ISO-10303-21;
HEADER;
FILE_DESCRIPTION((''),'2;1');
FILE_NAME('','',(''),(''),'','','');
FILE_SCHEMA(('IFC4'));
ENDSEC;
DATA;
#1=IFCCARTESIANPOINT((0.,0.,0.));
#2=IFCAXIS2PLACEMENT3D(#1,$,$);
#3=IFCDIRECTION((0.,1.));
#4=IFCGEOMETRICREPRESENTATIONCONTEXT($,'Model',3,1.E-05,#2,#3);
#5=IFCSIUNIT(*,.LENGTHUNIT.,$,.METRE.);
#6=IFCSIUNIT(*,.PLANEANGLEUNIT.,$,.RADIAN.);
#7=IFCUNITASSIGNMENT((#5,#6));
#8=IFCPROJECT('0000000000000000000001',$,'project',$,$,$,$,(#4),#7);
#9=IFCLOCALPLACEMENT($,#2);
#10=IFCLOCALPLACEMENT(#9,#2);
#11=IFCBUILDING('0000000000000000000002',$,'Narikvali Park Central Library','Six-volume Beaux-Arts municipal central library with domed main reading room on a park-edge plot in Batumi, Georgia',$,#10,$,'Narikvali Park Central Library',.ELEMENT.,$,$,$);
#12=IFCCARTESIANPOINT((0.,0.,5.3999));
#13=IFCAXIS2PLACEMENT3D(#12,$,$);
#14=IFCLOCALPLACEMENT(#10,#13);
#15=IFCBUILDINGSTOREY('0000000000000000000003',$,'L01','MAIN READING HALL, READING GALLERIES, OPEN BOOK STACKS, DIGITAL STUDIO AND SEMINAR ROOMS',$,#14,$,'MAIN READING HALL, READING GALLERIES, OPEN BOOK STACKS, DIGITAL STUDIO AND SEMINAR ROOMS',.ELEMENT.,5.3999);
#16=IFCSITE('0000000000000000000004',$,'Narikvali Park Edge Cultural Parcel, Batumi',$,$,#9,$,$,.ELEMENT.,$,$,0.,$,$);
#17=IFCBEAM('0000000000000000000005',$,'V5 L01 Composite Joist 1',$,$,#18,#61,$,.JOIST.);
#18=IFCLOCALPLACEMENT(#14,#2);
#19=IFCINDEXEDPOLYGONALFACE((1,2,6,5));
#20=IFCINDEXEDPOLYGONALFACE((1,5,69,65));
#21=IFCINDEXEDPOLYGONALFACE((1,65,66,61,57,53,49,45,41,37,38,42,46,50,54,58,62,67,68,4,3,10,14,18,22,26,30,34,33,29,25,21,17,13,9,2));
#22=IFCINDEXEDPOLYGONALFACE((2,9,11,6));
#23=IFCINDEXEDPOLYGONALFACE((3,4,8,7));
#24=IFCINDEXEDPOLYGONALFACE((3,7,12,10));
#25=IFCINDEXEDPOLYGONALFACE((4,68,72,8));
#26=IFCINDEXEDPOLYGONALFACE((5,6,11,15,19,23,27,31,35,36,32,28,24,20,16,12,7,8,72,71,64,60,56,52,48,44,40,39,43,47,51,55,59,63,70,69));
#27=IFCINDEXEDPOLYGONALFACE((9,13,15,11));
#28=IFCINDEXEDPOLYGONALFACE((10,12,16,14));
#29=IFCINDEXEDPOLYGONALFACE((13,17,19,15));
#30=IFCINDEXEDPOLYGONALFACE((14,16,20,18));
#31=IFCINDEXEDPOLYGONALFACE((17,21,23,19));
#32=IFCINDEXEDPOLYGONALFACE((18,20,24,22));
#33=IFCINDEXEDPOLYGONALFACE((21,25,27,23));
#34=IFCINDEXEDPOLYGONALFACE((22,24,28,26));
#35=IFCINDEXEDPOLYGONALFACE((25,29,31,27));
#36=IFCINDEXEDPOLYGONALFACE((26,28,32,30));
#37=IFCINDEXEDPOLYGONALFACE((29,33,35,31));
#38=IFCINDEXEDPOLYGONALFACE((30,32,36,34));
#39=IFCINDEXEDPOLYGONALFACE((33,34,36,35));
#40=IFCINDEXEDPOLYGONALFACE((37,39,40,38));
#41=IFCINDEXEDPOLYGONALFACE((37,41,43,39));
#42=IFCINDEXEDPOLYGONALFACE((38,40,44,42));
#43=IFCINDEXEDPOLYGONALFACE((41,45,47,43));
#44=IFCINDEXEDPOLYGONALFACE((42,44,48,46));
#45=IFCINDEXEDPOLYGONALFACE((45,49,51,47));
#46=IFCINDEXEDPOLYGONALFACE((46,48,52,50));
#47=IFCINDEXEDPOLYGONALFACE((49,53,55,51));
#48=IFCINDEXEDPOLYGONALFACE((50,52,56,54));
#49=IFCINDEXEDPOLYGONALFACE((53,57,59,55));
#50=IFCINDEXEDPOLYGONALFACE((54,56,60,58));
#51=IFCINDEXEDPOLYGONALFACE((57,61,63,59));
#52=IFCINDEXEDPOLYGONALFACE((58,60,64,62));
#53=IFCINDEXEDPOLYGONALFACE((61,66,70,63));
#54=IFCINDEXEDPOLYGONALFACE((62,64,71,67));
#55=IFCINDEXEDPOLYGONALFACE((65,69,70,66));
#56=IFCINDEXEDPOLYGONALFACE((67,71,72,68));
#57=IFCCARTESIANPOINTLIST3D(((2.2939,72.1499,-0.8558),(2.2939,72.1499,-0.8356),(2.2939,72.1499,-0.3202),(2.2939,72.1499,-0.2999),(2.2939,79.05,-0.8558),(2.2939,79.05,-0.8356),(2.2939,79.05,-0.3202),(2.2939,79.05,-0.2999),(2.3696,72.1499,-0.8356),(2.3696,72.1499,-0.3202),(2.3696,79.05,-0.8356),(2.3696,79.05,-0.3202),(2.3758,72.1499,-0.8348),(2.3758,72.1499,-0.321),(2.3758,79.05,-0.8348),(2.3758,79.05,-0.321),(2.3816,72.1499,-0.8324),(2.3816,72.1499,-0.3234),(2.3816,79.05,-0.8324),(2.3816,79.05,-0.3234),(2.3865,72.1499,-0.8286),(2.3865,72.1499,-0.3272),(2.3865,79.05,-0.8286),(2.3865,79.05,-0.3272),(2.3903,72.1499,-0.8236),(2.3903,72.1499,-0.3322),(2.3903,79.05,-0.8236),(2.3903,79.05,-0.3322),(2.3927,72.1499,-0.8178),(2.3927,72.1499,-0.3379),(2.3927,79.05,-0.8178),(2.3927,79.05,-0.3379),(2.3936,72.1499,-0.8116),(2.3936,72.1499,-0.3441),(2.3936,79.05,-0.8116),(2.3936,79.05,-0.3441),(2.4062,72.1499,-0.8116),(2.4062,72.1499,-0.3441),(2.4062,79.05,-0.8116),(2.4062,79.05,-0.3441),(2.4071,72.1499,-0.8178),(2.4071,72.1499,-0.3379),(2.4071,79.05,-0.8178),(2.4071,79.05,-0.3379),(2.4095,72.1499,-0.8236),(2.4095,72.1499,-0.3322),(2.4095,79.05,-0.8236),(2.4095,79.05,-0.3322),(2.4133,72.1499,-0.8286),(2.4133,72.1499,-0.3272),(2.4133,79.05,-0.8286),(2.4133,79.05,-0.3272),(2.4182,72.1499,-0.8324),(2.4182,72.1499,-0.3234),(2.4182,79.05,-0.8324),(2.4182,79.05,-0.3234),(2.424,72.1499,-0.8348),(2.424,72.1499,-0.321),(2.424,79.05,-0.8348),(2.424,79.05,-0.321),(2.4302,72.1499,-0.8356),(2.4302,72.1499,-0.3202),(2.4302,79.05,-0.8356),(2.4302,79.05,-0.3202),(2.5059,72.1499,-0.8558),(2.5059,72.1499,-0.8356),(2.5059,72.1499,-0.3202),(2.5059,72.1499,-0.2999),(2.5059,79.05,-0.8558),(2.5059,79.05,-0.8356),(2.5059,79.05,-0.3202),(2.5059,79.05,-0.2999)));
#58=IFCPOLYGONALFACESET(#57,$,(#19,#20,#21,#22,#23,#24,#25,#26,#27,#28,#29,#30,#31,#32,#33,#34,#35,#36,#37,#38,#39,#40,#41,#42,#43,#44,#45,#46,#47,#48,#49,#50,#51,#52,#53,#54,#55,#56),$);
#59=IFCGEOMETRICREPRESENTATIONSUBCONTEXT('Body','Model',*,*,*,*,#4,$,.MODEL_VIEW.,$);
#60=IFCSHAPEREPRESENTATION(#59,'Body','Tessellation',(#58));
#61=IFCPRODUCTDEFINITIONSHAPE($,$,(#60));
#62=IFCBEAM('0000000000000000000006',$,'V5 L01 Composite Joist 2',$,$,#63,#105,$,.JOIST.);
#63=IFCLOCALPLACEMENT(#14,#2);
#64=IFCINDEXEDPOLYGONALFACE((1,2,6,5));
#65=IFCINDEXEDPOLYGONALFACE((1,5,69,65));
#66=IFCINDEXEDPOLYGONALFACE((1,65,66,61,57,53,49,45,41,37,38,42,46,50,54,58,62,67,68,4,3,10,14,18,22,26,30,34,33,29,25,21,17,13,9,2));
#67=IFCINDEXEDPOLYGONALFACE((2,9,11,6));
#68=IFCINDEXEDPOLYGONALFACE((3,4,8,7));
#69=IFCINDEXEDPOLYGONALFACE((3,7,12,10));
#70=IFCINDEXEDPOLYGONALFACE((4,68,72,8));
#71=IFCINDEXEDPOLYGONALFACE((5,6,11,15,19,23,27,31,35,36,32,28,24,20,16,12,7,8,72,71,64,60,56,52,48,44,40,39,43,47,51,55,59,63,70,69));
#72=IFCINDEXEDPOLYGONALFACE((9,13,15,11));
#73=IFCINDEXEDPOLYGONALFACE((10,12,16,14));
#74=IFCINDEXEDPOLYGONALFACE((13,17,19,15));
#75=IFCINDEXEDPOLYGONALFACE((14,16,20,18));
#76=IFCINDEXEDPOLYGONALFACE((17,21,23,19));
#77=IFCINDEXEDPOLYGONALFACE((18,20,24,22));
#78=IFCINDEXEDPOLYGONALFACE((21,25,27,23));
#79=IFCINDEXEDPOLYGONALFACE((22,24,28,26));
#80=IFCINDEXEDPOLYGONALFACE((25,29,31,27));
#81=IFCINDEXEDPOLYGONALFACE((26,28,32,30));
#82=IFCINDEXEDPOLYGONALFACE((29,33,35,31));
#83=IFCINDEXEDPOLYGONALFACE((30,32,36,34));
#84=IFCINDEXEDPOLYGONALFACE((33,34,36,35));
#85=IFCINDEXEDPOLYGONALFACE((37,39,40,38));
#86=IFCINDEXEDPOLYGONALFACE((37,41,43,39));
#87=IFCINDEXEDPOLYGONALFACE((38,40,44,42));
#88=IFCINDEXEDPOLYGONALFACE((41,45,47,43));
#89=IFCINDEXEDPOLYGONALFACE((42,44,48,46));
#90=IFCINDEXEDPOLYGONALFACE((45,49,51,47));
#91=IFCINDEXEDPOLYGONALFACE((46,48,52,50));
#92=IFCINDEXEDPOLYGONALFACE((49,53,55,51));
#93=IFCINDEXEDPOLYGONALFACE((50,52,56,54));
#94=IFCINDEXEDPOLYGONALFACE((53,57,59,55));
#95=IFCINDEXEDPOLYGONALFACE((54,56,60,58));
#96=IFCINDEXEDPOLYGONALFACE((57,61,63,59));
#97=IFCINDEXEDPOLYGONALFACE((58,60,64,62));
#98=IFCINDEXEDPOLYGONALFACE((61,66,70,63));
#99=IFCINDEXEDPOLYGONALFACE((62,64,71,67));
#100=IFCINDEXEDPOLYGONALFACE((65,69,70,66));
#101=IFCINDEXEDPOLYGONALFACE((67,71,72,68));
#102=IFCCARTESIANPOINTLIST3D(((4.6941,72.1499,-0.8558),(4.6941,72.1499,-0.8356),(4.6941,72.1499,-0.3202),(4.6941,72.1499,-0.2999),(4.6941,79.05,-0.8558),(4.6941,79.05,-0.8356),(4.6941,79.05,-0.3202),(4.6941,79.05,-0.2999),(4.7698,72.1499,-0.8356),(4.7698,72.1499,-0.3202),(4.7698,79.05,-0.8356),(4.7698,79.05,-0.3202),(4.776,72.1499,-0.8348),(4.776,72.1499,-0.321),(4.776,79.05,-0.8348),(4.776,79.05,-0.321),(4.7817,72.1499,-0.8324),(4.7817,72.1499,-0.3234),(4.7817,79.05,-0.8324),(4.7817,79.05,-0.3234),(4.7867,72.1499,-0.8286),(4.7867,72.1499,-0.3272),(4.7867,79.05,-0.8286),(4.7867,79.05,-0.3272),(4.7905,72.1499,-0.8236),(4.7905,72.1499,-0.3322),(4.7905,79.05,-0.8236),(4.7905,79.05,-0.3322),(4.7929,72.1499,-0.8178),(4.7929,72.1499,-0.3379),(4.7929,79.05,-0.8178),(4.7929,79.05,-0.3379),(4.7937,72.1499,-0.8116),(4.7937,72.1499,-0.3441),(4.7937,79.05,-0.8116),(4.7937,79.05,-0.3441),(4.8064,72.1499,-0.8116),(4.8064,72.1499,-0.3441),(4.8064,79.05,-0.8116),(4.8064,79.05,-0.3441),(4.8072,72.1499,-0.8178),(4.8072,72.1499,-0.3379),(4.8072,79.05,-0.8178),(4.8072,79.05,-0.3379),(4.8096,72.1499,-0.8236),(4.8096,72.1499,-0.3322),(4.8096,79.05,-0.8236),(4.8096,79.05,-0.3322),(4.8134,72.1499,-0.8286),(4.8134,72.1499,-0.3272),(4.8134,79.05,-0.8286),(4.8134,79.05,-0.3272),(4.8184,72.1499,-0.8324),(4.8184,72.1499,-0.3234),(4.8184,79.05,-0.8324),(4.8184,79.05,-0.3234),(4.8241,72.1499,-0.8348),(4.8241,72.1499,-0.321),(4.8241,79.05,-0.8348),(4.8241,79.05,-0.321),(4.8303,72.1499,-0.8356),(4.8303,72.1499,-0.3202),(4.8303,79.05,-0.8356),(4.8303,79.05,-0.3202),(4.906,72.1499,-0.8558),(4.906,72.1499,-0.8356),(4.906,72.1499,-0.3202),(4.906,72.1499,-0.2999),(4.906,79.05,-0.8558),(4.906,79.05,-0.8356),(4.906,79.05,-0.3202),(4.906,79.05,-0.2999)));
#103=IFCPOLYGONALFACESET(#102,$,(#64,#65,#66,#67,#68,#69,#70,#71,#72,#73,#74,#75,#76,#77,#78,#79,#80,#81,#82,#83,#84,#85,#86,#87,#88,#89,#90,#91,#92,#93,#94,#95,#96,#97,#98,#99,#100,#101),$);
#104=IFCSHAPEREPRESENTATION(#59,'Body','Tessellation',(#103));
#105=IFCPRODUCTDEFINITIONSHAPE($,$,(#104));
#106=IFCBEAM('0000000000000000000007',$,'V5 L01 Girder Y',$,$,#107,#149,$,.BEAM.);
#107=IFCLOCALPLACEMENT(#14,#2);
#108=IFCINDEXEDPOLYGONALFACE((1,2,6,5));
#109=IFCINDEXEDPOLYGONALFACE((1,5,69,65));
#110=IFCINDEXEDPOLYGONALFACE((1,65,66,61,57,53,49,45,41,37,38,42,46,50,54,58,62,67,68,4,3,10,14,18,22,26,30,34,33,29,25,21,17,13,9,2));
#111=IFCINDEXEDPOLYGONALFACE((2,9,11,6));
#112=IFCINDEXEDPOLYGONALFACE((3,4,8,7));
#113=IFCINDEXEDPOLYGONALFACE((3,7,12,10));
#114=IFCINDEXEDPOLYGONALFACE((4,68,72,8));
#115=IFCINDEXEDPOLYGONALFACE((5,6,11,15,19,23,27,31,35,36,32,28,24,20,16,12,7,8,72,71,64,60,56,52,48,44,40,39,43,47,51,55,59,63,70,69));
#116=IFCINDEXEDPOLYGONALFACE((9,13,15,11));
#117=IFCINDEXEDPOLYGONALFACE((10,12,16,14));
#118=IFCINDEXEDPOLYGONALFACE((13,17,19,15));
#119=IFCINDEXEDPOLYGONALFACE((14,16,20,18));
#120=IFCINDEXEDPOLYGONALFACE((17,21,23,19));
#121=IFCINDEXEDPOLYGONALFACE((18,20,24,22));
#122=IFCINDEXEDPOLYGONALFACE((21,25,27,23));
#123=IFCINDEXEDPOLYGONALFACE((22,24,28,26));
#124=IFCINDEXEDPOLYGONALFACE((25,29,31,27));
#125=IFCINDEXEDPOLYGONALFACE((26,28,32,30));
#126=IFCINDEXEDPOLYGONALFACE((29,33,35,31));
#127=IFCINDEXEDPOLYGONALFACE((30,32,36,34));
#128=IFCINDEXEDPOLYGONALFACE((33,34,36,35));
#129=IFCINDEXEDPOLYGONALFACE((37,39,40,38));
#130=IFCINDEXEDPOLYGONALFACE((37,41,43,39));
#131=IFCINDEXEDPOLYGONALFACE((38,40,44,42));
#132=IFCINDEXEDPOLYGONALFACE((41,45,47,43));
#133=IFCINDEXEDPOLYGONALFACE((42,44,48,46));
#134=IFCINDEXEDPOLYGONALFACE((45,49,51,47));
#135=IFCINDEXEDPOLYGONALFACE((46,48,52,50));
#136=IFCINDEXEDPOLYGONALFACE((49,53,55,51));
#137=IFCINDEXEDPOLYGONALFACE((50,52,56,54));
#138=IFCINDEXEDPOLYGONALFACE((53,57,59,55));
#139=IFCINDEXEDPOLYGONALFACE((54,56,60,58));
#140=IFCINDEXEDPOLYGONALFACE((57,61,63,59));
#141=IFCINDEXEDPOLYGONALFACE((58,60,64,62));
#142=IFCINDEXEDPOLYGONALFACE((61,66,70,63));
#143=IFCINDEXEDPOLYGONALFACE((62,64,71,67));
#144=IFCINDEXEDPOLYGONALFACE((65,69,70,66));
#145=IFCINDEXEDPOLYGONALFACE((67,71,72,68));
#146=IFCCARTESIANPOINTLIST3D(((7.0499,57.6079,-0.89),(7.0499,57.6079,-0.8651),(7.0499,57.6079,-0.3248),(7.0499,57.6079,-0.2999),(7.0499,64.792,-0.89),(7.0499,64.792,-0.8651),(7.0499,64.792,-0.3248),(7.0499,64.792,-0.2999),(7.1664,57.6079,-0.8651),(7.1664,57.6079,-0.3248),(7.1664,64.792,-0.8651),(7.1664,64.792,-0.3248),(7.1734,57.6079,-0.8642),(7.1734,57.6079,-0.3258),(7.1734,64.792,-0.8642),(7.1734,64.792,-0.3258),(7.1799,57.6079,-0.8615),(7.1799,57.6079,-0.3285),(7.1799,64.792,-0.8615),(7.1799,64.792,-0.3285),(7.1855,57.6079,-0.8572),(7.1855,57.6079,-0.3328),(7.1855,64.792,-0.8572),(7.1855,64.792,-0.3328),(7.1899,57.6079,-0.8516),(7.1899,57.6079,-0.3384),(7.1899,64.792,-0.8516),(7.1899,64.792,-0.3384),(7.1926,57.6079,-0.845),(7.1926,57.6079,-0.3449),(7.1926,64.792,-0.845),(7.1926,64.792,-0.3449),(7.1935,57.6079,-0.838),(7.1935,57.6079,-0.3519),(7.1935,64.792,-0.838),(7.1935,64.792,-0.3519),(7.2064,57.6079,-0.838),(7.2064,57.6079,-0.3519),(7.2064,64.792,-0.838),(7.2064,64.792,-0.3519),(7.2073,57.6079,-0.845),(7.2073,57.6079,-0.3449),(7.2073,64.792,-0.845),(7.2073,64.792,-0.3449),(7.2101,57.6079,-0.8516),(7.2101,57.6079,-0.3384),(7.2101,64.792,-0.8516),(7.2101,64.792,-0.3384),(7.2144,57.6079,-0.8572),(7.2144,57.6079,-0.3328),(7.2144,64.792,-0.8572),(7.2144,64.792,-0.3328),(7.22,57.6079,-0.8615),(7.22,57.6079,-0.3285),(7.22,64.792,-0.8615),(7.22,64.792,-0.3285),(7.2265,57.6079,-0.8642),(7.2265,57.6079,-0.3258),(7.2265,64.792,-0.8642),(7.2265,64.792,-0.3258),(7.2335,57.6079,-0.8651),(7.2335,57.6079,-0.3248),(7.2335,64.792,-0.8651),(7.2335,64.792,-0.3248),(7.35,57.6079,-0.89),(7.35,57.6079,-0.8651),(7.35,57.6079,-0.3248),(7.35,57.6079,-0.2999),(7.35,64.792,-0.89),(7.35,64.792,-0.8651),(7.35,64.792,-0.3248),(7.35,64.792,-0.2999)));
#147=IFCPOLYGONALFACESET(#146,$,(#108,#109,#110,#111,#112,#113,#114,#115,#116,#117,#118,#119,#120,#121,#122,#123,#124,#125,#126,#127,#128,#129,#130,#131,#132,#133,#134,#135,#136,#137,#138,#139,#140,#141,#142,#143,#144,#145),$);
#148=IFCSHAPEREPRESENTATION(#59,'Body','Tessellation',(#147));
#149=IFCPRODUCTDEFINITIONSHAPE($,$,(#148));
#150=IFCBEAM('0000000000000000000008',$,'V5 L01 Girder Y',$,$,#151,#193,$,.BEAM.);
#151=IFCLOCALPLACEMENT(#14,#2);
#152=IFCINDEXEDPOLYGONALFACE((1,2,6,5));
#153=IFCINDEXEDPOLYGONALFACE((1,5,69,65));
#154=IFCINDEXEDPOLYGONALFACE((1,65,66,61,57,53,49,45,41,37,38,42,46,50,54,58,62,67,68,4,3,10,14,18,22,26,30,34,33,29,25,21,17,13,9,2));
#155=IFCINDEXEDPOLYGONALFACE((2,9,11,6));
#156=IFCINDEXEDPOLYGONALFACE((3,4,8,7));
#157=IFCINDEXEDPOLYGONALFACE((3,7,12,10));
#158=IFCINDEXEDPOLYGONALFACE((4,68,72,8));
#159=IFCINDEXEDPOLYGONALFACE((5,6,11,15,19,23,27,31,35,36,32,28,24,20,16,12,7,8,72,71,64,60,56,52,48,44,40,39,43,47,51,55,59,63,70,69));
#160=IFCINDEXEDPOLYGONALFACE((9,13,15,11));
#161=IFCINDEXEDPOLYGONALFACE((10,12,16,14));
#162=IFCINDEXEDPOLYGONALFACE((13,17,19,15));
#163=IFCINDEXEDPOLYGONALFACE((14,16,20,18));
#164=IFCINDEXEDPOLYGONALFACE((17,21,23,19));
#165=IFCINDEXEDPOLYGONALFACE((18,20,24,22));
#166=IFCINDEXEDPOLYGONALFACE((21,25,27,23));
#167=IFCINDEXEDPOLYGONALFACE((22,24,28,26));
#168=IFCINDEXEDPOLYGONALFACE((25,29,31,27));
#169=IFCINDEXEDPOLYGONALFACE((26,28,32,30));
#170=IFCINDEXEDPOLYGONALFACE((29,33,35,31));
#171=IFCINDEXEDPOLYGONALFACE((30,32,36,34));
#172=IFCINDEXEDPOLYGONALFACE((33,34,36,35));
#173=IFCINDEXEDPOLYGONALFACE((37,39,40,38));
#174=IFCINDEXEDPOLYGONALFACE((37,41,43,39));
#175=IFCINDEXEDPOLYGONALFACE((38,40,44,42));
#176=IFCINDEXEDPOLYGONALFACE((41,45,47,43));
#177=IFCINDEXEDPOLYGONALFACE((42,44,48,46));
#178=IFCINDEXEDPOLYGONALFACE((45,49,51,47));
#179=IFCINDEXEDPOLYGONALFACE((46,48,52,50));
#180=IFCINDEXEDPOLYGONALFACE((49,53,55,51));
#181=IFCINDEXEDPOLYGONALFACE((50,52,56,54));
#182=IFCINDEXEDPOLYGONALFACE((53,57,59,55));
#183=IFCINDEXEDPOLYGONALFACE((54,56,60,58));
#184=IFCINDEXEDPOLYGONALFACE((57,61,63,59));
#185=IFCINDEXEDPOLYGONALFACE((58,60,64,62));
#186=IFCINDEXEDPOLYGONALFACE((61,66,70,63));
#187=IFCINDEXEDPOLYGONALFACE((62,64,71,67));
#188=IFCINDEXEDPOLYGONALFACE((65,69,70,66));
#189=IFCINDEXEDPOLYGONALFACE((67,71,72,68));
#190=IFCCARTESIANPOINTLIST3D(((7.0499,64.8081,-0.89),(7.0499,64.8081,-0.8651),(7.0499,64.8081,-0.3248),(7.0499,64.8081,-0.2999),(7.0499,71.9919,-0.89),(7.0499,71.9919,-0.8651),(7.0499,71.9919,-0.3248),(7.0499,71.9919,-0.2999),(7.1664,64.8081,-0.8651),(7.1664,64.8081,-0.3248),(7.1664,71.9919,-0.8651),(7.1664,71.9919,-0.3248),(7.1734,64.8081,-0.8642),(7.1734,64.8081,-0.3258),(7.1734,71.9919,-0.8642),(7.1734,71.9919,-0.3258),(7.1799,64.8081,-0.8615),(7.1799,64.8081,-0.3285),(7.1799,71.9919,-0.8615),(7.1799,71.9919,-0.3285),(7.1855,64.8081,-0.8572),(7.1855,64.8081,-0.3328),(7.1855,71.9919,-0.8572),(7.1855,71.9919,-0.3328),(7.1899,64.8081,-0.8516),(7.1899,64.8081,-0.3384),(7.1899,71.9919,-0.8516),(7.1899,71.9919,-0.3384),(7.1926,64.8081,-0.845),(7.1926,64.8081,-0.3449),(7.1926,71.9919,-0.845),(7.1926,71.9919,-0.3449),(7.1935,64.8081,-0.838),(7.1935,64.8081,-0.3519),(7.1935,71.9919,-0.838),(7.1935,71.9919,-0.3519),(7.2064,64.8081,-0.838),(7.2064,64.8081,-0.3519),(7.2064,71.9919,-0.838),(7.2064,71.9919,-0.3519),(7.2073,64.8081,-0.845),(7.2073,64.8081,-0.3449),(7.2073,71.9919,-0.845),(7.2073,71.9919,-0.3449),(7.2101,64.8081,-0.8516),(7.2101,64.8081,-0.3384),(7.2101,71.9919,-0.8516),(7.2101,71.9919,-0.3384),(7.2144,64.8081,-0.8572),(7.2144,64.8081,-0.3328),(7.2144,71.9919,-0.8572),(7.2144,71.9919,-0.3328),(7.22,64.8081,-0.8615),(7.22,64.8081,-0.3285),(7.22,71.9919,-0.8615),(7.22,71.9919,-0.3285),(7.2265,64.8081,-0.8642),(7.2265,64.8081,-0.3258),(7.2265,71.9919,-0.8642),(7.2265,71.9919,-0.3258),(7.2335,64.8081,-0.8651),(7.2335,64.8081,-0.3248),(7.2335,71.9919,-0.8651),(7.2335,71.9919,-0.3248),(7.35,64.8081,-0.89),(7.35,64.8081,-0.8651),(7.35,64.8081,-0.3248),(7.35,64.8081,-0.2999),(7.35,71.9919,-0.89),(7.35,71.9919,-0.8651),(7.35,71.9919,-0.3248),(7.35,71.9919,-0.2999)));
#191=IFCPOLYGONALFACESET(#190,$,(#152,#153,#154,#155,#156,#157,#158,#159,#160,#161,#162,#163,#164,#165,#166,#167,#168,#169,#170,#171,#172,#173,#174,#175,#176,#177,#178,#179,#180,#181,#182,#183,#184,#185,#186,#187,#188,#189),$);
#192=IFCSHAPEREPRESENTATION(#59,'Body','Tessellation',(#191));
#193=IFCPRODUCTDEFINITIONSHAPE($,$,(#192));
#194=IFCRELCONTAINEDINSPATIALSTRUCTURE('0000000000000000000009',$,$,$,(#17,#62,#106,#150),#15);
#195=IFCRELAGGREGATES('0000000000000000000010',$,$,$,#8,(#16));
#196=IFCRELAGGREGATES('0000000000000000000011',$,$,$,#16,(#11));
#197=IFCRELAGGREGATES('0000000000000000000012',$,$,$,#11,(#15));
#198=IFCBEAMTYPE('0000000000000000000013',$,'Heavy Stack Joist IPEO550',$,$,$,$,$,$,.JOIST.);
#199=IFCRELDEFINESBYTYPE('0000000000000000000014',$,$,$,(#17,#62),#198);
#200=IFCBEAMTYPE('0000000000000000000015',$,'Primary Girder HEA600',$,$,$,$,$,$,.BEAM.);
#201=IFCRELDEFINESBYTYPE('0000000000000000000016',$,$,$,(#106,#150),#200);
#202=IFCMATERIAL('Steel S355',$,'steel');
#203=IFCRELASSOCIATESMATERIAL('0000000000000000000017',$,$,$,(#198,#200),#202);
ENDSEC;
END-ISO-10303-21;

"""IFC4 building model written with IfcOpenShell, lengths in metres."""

from ifc_helpers import new_model, si_unit, direction, frame, origin, origin_2d, place, context, subcontext, project, spatial, i_section, extrude, material, material_profile, profile_set, type_object, element, save


model = new_model("IFC4")

# Units and contexts
model_context = context("Model", 3, precision=1e-05, world=origin(), true_north=direction((0.0, 1.0)))
body_context = subcontext(model_context, "Body", "Model", "MODEL_VIEW")
ifc_project = project(units=[si_unit("LENGTHUNIT", "METRE"), si_unit("PLANEANGLEUNIT", "RADIAN")], contexts=[model_context])

# Site, building, storey
site_placement = place(None, origin())
site = spatial("IfcSite", under=ifc_project, at=site_placement, Name="Narikvali Park Edge Cultural Parcel, Batumi", CompositionType="ELEMENT", RefElevation=0.0)
building_placement = place(site_placement, origin())
building = spatial("IfcBuilding", under=site, at=building_placement, Name="Narikvali Park Central Library", Description="Six-volume Beaux-Arts municipal central library with domed main reading room on a park-edge plot in Batumi, Georgia", LongName="Narikvali Park Central Library", CompositionType="ELEMENT")
storey_placement = place(building_placement, frame((0.0, 0.0, 5.3999)))
storey = spatial("IfcBuildingStorey", under=building, at=storey_placement, Name="L01", Description="MAIN READING HALL, READING GALLERIES, OPEN BOOK STACKS, DIGITAL STUDIO AND SEMINAR ROOMS", LongName="MAIN READING HALL, READING GALLERIES, OPEN BOOK STACKS, DIGITAL STUDIO AND SEMINAR ROOMS", CompositionType="ELEMENT", Elevation=5.3999)

# Shared definitions
ifc_material_1 = material(Name="Steel S355", Category="steel")

# Beams
ifc_material_profile_1 = material_profile(ifc_material_1, i_section(OverallWidth=0.2119, OverallDepth=0.5559, WebThickness=0.0127, FlangeThickness=0.0203, FilletRadius=0.0239, at=origin_2d()), Name="IPEO 550")
ifc_profile_set_1 = profile_set([ifc_material_profile_1], Name="Steel S355")
beam_type_1 = type_object("IfcBeamType", Name="Heavy Stack Joist IPEO550", PredefinedType="JOIST", material=ifc_profile_set_1)
for number, where, z_axis, x_axis, name in (
    (1, (2.3999, 72.1499, -0.5779), (0.0, 1.0, 0.0), (-1.0, 0.0, 0.0), "V5 L01 Composite Joist 1"),
    (2, (4.8, 72.1499, -0.5779), (0.0, 1.0, 0.0), (-1.0, 0.0, 0.0), "V5 L01 Composite Joist 2"),
):
    element("IfcBeam", number, at=place(storey_placement, frame(where, z_axis=z_axis, x_axis=x_axis)), inside=storey, type_object=beam_type_1, Name=name, PredefinedType="JOIST", context=body_context, shape_type="SweptSolid", body=[
        extrude(i_section(OverallWidth=0.2119, OverallDepth=0.5559, WebThickness=0.0127, FlangeThickness=0.0203, FilletRadius=0.0239, at=origin_2d()), origin(), (0.0, 0.0, 1.0), 6.9001),
    ])
ifc_material_profile_2 = material_profile(ifc_material_1, i_section(OverallWidth=0.3, OverallDepth=0.5901, WebThickness=0.0129, FlangeThickness=0.0249, FilletRadius=0.0271, at=origin_2d()), Name="HEA 600")
ifc_profile_set_2 = profile_set([ifc_material_profile_2], Name="Steel S355")
beam_type_2 = type_object("IfcBeamType", Name="Primary Girder HEA600", PredefinedType="BEAM", material=ifc_profile_set_2)
beam_1_placement = place(storey_placement, frame((7.2, 57.6079, -0.595), z_axis=(0.0, 1.0, 0.0), x_axis=(-1.0, 0.0, 0.0)))
element("IfcBeam", 3, at=beam_1_placement, inside=storey, type_object=beam_type_2, Name="V5 L01 Girder Y", PredefinedType="BEAM", context=body_context, shape_type="SweptSolid", body=[
    extrude(i_section(OverallWidth=0.3, OverallDepth=0.5901, WebThickness=0.0129, FlangeThickness=0.0249, FilletRadius=0.0271, at=origin_2d()), origin(), (0.0, 0.0, 1.0), 7.1841),
])
for number, where, z_axis, x_axis, name in (
    (4, (7.2, 64.8081, -0.595), (0.0, 1.0, 0.0), (-1.0, 0.0, 0.0), "V5 L01 Girder Y"),
):
    element("IfcBeam", number, at=place(storey_placement, frame(where, z_axis=z_axis, x_axis=x_axis)), inside=storey, type_object=beam_type_2, Name=name, PredefinedType="BEAM", context=body_context, shape_type="SweptSolid", body=[
        extrude(i_section(OverallWidth=0.3, OverallDepth=0.5901, WebThickness=0.0129, FlangeThickness=0.0249, FilletRadius=0.0271, at=origin_2d()), origin(), (0.0, 0.0, 1.0), 7.1838),
    ])

save(model, "model.ifc")
